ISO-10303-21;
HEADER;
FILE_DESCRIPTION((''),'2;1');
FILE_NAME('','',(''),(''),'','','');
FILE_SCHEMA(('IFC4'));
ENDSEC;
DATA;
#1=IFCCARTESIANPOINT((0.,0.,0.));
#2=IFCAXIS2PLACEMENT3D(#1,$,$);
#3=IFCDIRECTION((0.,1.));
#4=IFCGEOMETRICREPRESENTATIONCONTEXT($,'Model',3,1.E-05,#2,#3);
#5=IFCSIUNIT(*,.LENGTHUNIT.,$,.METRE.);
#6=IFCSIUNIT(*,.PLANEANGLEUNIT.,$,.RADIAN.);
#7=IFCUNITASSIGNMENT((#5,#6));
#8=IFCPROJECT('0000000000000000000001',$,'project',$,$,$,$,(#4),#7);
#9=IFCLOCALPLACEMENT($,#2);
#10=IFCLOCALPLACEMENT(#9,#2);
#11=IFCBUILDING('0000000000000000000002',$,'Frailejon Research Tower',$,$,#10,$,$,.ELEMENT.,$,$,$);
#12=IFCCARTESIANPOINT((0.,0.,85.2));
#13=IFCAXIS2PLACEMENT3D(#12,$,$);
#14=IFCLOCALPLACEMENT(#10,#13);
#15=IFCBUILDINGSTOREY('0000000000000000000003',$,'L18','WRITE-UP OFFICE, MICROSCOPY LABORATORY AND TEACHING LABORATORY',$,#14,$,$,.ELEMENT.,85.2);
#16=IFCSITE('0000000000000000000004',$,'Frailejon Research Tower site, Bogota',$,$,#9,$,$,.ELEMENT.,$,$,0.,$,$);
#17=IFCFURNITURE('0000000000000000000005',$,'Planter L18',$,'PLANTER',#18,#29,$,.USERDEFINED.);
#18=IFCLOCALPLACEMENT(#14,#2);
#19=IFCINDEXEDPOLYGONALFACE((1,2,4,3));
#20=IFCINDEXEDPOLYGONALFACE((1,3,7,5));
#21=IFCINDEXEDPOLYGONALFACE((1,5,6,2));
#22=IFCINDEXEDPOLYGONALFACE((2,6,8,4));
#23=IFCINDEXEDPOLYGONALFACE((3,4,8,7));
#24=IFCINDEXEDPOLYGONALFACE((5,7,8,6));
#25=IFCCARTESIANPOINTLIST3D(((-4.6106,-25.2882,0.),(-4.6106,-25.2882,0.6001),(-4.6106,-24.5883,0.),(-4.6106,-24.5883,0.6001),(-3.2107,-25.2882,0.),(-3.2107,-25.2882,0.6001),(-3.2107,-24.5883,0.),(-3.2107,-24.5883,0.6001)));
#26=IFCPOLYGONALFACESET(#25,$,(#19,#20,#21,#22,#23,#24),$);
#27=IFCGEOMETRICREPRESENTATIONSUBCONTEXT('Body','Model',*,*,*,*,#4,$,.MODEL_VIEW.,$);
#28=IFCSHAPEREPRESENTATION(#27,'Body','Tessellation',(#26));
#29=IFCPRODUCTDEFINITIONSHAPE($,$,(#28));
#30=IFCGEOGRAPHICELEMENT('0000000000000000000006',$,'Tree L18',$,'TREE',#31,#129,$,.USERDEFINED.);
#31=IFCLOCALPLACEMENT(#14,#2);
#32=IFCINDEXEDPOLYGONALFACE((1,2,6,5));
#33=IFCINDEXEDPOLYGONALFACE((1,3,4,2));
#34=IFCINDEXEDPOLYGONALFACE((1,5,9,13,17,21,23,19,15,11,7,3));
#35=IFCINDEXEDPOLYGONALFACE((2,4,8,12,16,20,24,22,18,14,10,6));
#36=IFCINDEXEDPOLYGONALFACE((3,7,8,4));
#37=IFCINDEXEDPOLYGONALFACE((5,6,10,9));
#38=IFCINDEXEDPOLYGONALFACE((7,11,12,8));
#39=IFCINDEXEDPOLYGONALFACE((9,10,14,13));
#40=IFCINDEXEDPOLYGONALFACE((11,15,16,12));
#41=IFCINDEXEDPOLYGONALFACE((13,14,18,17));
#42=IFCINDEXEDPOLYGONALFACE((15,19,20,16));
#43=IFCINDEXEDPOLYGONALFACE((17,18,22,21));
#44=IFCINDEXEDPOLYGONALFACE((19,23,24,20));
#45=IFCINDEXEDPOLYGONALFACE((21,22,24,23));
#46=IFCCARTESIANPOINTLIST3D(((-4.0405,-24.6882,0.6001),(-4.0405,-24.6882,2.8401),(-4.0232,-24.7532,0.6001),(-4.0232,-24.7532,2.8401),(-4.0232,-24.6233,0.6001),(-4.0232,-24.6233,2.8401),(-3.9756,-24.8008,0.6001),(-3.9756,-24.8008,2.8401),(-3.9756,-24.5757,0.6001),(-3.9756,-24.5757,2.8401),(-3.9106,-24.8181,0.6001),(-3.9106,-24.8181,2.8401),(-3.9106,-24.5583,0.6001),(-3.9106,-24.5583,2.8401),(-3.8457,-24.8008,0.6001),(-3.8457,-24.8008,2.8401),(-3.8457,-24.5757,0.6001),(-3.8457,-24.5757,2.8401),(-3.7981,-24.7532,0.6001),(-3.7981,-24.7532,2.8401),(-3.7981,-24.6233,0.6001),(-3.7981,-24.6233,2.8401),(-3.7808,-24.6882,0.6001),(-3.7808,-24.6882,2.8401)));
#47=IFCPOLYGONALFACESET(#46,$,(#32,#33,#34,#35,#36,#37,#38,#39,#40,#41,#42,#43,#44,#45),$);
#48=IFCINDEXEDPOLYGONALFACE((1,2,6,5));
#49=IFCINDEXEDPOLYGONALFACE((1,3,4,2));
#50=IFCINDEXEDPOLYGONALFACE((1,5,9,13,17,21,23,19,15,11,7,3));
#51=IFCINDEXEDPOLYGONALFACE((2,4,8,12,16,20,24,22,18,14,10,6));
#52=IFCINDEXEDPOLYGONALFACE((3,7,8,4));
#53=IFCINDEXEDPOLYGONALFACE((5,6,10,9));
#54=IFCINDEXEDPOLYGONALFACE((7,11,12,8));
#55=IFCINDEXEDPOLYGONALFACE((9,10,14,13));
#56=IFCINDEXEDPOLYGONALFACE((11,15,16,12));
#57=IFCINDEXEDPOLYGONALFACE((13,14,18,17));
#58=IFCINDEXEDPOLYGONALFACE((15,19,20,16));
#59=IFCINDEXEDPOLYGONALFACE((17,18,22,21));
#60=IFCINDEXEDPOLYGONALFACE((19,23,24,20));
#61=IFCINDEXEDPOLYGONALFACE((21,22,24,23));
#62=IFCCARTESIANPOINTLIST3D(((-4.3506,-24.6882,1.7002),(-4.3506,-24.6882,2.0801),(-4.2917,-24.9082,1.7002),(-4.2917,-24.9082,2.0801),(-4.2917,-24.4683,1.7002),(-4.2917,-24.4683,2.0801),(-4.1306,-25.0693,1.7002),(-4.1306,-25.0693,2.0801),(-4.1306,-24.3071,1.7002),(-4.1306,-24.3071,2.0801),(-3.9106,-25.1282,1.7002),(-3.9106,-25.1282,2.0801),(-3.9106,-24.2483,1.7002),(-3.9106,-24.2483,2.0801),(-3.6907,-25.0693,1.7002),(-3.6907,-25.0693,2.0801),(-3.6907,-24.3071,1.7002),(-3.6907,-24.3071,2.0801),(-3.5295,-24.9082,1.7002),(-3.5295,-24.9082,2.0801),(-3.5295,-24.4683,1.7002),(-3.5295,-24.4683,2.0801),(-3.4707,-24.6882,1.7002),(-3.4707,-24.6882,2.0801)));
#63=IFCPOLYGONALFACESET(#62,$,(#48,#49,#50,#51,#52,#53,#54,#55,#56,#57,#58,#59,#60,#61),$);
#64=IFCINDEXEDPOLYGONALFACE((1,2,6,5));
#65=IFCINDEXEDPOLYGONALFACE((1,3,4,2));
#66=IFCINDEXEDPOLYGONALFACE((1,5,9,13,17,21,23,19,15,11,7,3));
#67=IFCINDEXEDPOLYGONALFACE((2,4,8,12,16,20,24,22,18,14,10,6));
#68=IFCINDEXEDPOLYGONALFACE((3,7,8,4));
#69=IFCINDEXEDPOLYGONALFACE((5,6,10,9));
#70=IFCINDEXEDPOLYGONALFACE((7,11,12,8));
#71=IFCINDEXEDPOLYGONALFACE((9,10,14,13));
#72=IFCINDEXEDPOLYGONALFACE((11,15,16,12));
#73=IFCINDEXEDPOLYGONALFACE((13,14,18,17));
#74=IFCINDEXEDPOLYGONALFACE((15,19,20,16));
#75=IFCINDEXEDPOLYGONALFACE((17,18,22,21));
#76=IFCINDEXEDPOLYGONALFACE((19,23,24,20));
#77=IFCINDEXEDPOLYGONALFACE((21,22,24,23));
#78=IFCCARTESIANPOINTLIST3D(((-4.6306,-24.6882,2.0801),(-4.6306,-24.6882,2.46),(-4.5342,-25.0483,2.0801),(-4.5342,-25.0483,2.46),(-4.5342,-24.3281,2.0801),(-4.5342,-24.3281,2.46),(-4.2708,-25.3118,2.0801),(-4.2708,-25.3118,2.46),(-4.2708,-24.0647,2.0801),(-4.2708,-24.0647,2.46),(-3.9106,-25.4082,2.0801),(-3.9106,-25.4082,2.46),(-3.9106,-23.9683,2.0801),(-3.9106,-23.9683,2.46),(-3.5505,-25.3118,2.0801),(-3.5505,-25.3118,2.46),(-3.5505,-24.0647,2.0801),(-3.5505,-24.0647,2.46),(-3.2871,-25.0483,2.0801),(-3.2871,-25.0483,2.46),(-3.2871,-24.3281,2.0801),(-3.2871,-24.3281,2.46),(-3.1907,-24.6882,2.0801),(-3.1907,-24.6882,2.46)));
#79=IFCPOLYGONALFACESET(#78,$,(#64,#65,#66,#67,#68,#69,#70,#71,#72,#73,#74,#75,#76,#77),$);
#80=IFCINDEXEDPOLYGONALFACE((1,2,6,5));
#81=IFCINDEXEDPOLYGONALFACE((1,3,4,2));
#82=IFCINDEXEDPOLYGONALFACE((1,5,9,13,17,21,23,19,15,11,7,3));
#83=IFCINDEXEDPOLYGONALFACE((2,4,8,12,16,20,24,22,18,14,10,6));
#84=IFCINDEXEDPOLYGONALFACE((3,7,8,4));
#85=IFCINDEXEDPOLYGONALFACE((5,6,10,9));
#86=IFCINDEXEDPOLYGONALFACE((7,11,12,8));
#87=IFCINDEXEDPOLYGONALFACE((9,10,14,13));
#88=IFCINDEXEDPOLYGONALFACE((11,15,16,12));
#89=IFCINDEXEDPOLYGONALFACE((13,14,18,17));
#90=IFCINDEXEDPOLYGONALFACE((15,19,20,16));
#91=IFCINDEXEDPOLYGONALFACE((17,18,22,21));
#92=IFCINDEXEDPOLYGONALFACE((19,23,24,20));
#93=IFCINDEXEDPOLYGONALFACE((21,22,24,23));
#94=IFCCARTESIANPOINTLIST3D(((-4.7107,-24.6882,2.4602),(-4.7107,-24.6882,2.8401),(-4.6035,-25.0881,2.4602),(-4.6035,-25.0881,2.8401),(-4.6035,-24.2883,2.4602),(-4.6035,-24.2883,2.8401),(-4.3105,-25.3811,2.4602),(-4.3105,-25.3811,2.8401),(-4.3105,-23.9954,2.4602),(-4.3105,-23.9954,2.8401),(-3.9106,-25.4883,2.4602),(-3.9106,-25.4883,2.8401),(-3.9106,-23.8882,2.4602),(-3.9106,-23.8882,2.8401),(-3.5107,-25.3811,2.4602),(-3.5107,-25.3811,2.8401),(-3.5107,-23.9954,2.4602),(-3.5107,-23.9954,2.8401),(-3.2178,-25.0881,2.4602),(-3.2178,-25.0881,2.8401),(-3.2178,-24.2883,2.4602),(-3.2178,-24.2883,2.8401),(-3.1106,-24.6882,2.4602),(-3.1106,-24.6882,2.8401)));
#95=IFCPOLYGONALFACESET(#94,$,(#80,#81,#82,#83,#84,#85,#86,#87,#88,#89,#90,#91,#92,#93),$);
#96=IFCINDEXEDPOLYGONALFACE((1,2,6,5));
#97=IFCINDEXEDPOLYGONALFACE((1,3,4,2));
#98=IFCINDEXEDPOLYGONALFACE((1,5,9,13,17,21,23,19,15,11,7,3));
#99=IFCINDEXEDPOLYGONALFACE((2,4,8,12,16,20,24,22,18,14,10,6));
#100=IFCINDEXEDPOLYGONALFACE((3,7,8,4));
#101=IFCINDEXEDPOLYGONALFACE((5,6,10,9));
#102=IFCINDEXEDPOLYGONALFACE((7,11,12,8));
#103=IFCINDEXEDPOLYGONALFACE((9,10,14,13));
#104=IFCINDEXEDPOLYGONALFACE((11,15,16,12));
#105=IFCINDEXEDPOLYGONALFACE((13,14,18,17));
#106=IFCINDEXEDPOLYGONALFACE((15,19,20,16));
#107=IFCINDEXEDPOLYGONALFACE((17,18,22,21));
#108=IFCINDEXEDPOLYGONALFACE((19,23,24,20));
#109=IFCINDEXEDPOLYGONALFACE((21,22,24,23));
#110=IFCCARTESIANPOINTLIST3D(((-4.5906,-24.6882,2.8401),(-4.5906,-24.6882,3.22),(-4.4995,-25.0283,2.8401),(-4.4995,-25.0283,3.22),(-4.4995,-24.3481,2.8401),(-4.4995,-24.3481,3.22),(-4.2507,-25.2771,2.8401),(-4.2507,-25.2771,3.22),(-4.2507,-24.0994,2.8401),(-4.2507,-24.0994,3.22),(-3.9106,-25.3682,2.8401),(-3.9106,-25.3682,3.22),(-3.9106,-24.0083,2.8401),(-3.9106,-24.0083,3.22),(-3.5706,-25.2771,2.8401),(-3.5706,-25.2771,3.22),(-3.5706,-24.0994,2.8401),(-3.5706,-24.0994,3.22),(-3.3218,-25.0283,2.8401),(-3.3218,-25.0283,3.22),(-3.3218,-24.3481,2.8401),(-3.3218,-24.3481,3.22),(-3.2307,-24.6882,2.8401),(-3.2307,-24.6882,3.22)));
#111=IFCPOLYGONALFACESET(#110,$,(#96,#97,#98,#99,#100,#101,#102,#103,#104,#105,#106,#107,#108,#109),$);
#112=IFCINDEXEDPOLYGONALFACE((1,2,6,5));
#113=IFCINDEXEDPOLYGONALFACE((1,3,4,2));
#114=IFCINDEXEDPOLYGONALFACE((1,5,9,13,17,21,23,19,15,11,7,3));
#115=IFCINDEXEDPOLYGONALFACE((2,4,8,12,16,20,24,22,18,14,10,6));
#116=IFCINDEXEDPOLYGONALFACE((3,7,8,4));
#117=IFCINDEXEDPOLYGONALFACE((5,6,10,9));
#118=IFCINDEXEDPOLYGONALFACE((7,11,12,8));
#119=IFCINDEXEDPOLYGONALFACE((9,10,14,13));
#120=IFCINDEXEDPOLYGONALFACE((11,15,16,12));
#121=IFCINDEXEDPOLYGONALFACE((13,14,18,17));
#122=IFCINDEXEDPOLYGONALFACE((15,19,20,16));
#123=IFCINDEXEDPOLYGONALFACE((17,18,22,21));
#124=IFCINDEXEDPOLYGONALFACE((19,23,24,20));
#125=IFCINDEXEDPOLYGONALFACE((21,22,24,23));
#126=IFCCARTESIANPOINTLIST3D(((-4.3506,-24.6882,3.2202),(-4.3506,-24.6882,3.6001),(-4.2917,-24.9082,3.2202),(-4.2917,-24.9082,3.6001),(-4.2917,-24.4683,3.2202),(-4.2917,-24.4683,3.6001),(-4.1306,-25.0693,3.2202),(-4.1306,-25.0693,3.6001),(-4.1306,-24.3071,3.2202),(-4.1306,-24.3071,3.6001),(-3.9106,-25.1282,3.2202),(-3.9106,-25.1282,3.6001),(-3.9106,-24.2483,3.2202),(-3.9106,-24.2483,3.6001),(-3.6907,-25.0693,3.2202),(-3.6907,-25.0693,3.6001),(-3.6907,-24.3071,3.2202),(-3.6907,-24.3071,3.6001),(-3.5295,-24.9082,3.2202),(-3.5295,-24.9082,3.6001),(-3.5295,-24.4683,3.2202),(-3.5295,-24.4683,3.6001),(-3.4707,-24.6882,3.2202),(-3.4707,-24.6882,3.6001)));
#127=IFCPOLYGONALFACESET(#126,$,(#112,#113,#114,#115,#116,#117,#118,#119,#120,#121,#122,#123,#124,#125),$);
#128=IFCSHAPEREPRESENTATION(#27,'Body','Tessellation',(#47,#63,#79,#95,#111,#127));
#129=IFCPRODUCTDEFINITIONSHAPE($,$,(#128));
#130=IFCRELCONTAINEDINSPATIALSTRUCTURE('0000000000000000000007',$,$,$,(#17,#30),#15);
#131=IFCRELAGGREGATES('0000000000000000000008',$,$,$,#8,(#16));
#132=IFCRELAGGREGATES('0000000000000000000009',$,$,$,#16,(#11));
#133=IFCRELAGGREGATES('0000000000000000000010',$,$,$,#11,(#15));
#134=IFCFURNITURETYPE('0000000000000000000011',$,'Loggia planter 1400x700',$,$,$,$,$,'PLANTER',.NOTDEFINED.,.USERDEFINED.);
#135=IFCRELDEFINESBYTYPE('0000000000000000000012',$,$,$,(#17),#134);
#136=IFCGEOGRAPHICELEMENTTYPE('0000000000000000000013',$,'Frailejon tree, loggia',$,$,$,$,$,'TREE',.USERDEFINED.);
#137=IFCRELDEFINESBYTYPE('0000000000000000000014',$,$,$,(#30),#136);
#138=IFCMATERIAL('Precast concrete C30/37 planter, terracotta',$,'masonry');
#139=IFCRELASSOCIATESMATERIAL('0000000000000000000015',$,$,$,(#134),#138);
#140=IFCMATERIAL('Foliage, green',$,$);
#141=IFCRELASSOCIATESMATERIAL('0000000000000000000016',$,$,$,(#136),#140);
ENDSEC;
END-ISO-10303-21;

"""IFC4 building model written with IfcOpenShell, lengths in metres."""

from ifc_helpers import new_model, si_unit, direction, frame, origin, origin_2d, place, context, subcontext, project, spatial, polyline, rectangle, outline, extrude, material, type_object, element, save


model = new_model("IFC4")

# Units and contexts
model_context = context("Model", 3, precision=1e-05, world=origin(), true_north=direction((0.0, 1.0)))
body_context = subcontext(model_context, "Body", "Model", "MODEL_VIEW")
ifc_project = project(units=[si_unit("LENGTHUNIT", "METRE"), si_unit("PLANEANGLEUNIT", "RADIAN")], contexts=[model_context])

# Site, building, storey
site_placement = place(None, origin())
site = spatial("IfcSite", under=ifc_project, at=site_placement, Name="Frailejon Research Tower site, Bogota", CompositionType="ELEMENT", RefElevation=0.0)
building_placement = place(site_placement, origin())
building = spatial("IfcBuilding", under=site, at=building_placement, Name="Frailejon Research Tower", CompositionType="ELEMENT")
storey_placement = place(building_placement, frame((0.0, 0.0, 85.2)))
storey = spatial("IfcBuildingStorey", under=building, at=storey_placement, Name="L18", Description="WRITE-UP OFFICE, MICROSCOPY LABORATORY AND TEACHING LABORATORY", CompositionType="ELEMENT", Elevation=85.2)

# Furniture
ifc_material_1 = material(Name="Precast concrete C30/37 planter, terracotta", Category="masonry")
furniture_type = type_object("IfcFurnitureType", Name="Loggia planter 1400x700", ElementType="PLANTER", AssemblyPlace="NOTDEFINED", PredefinedType="USERDEFINED", material=ifc_material_1)
furniture_placement = place(storey_placement, frame((-3.9106, -24.9382, 0.0), z_axis=(0.0, 0.0, 1.0), x_axis=(1.0, 0.0, 0.0)))
element("IfcFurniture", 1, at=furniture_placement, inside=storey, type_object=furniture_type, Name="Planter L18", ObjectType="PLANTER", PredefinedType="USERDEFINED", context=body_context, shape_type="SweptSolid", body=[
    extrude(rectangle(XDim=1.3999, YDim=0.7, at=origin_2d()), origin(), (0.0, 0.0, 1.0), 0.6001),
])

# Geographic element
ifc_material_2 = material(Name="Foliage, green")
geographic_element_type = type_object("IfcGeographicElementType", Name="Frailejon tree, loggia", ElementType="TREE", PredefinedType="USERDEFINED", material=ifc_material_2)
geographic_element_placement = place(storey_placement, frame((-3.9106, -24.6882, 0.6001)))
element("IfcGeographicElement", 2, at=geographic_element_placement, inside=storey, type_object=geographic_element_type, Name="Tree L18", ObjectType="TREE", PredefinedType="USERDEFINED", context=body_context, shape_type="SweptSolid", body=[
    extrude(outline(polyline([(0.1299, 0.0), (0.1125, 0.0649), (0.0649, 0.1125), (0.0, 0.1299), (-0.0649, 0.1125), (-0.1125, 0.0649), (-0.1299, 0.0), (-0.1125, -0.0649), (-0.0649, -0.1125), (0.0, -0.1299), (0.0649, -0.1125), (0.1125, -0.0649), (0.1299, 0.0)])), origin(), (0.0, 0.0, 1.0), 2.24),
    extrude(outline(polyline([(0.4399, 0.0), (0.3811, 0.22), (0.22, 0.3811), (0.0, 0.4399), (-0.22, 0.3811), (-0.3811, 0.22), (-0.4399, 0.0), (-0.3811, -0.22), (-0.22, -0.3811), (0.0, -0.4399), (0.22, -0.3811), (0.3811, -0.22), (0.4399, 0.0)])), frame((0.0, 0.0, 1.1001)), (0.0, 0.0, 1.0), 0.3799),
    extrude(outline(polyline([(0.72, 0.0), (0.6235, 0.3601), (0.3601, 0.6235), (0.0, 0.72), (-0.3601, 0.6235), (-0.6235, 0.3601), (-0.72, 0.0), (-0.6235, -0.3601), (-0.3601, -0.6235), (0.0, -0.72), (0.3601, -0.6235), (0.6235, -0.3601), (0.72, 0.0)])), frame((0.0, 0.0, 1.48)), (0.0, 0.0, 1.0), 0.3799),
    extrude(outline(polyline([(0.8, 0.0), (0.6929, 0.3999), (0.3999, 0.6929), (0.0, 0.8), (-0.3999, 0.6929), (-0.6929, 0.3999), (-0.8, 0.0), (-0.6929, -0.3999), (-0.3999, -0.6929), (0.0, -0.8), (0.3999, -0.6929), (0.6929, -0.3999), (0.8, 0.0)])), frame((0.0, 0.0, 1.8601)), (0.0, 0.0, 1.0), 0.3799),
    extrude(outline(polyline([(0.6799, 0.0), (0.5889, 0.3401), (0.3401, 0.5889), (0.0, 0.6799), (-0.3401, 0.5889), (-0.5889, 0.3401), (-0.6799, 0.0), (-0.5889, -0.3401), (-0.3401, -0.5889), (0.0, -0.6799), (0.3401, -0.5889), (0.5889, -0.3401), (0.6799, 0.0)])), frame((0.0, 0.0, 2.24)), (0.0, 0.0, 1.0), 0.3799),
    extrude(outline(polyline([(0.4399, 0.0), (0.3811, 0.22), (0.22, 0.3811), (0.0, 0.4399), (-0.22, 0.3811), (-0.3811, 0.22), (-0.4399, 0.0), (-0.3811, -0.22), (-0.22, -0.3811), (0.0, -0.4399), (0.22, -0.3811), (0.3811, -0.22), (0.4399, 0.0)])), frame((0.0, 0.0, 2.6201)), (0.0, 0.0, 1.0), 0.3799),
])

save(model, "model.ifc")
